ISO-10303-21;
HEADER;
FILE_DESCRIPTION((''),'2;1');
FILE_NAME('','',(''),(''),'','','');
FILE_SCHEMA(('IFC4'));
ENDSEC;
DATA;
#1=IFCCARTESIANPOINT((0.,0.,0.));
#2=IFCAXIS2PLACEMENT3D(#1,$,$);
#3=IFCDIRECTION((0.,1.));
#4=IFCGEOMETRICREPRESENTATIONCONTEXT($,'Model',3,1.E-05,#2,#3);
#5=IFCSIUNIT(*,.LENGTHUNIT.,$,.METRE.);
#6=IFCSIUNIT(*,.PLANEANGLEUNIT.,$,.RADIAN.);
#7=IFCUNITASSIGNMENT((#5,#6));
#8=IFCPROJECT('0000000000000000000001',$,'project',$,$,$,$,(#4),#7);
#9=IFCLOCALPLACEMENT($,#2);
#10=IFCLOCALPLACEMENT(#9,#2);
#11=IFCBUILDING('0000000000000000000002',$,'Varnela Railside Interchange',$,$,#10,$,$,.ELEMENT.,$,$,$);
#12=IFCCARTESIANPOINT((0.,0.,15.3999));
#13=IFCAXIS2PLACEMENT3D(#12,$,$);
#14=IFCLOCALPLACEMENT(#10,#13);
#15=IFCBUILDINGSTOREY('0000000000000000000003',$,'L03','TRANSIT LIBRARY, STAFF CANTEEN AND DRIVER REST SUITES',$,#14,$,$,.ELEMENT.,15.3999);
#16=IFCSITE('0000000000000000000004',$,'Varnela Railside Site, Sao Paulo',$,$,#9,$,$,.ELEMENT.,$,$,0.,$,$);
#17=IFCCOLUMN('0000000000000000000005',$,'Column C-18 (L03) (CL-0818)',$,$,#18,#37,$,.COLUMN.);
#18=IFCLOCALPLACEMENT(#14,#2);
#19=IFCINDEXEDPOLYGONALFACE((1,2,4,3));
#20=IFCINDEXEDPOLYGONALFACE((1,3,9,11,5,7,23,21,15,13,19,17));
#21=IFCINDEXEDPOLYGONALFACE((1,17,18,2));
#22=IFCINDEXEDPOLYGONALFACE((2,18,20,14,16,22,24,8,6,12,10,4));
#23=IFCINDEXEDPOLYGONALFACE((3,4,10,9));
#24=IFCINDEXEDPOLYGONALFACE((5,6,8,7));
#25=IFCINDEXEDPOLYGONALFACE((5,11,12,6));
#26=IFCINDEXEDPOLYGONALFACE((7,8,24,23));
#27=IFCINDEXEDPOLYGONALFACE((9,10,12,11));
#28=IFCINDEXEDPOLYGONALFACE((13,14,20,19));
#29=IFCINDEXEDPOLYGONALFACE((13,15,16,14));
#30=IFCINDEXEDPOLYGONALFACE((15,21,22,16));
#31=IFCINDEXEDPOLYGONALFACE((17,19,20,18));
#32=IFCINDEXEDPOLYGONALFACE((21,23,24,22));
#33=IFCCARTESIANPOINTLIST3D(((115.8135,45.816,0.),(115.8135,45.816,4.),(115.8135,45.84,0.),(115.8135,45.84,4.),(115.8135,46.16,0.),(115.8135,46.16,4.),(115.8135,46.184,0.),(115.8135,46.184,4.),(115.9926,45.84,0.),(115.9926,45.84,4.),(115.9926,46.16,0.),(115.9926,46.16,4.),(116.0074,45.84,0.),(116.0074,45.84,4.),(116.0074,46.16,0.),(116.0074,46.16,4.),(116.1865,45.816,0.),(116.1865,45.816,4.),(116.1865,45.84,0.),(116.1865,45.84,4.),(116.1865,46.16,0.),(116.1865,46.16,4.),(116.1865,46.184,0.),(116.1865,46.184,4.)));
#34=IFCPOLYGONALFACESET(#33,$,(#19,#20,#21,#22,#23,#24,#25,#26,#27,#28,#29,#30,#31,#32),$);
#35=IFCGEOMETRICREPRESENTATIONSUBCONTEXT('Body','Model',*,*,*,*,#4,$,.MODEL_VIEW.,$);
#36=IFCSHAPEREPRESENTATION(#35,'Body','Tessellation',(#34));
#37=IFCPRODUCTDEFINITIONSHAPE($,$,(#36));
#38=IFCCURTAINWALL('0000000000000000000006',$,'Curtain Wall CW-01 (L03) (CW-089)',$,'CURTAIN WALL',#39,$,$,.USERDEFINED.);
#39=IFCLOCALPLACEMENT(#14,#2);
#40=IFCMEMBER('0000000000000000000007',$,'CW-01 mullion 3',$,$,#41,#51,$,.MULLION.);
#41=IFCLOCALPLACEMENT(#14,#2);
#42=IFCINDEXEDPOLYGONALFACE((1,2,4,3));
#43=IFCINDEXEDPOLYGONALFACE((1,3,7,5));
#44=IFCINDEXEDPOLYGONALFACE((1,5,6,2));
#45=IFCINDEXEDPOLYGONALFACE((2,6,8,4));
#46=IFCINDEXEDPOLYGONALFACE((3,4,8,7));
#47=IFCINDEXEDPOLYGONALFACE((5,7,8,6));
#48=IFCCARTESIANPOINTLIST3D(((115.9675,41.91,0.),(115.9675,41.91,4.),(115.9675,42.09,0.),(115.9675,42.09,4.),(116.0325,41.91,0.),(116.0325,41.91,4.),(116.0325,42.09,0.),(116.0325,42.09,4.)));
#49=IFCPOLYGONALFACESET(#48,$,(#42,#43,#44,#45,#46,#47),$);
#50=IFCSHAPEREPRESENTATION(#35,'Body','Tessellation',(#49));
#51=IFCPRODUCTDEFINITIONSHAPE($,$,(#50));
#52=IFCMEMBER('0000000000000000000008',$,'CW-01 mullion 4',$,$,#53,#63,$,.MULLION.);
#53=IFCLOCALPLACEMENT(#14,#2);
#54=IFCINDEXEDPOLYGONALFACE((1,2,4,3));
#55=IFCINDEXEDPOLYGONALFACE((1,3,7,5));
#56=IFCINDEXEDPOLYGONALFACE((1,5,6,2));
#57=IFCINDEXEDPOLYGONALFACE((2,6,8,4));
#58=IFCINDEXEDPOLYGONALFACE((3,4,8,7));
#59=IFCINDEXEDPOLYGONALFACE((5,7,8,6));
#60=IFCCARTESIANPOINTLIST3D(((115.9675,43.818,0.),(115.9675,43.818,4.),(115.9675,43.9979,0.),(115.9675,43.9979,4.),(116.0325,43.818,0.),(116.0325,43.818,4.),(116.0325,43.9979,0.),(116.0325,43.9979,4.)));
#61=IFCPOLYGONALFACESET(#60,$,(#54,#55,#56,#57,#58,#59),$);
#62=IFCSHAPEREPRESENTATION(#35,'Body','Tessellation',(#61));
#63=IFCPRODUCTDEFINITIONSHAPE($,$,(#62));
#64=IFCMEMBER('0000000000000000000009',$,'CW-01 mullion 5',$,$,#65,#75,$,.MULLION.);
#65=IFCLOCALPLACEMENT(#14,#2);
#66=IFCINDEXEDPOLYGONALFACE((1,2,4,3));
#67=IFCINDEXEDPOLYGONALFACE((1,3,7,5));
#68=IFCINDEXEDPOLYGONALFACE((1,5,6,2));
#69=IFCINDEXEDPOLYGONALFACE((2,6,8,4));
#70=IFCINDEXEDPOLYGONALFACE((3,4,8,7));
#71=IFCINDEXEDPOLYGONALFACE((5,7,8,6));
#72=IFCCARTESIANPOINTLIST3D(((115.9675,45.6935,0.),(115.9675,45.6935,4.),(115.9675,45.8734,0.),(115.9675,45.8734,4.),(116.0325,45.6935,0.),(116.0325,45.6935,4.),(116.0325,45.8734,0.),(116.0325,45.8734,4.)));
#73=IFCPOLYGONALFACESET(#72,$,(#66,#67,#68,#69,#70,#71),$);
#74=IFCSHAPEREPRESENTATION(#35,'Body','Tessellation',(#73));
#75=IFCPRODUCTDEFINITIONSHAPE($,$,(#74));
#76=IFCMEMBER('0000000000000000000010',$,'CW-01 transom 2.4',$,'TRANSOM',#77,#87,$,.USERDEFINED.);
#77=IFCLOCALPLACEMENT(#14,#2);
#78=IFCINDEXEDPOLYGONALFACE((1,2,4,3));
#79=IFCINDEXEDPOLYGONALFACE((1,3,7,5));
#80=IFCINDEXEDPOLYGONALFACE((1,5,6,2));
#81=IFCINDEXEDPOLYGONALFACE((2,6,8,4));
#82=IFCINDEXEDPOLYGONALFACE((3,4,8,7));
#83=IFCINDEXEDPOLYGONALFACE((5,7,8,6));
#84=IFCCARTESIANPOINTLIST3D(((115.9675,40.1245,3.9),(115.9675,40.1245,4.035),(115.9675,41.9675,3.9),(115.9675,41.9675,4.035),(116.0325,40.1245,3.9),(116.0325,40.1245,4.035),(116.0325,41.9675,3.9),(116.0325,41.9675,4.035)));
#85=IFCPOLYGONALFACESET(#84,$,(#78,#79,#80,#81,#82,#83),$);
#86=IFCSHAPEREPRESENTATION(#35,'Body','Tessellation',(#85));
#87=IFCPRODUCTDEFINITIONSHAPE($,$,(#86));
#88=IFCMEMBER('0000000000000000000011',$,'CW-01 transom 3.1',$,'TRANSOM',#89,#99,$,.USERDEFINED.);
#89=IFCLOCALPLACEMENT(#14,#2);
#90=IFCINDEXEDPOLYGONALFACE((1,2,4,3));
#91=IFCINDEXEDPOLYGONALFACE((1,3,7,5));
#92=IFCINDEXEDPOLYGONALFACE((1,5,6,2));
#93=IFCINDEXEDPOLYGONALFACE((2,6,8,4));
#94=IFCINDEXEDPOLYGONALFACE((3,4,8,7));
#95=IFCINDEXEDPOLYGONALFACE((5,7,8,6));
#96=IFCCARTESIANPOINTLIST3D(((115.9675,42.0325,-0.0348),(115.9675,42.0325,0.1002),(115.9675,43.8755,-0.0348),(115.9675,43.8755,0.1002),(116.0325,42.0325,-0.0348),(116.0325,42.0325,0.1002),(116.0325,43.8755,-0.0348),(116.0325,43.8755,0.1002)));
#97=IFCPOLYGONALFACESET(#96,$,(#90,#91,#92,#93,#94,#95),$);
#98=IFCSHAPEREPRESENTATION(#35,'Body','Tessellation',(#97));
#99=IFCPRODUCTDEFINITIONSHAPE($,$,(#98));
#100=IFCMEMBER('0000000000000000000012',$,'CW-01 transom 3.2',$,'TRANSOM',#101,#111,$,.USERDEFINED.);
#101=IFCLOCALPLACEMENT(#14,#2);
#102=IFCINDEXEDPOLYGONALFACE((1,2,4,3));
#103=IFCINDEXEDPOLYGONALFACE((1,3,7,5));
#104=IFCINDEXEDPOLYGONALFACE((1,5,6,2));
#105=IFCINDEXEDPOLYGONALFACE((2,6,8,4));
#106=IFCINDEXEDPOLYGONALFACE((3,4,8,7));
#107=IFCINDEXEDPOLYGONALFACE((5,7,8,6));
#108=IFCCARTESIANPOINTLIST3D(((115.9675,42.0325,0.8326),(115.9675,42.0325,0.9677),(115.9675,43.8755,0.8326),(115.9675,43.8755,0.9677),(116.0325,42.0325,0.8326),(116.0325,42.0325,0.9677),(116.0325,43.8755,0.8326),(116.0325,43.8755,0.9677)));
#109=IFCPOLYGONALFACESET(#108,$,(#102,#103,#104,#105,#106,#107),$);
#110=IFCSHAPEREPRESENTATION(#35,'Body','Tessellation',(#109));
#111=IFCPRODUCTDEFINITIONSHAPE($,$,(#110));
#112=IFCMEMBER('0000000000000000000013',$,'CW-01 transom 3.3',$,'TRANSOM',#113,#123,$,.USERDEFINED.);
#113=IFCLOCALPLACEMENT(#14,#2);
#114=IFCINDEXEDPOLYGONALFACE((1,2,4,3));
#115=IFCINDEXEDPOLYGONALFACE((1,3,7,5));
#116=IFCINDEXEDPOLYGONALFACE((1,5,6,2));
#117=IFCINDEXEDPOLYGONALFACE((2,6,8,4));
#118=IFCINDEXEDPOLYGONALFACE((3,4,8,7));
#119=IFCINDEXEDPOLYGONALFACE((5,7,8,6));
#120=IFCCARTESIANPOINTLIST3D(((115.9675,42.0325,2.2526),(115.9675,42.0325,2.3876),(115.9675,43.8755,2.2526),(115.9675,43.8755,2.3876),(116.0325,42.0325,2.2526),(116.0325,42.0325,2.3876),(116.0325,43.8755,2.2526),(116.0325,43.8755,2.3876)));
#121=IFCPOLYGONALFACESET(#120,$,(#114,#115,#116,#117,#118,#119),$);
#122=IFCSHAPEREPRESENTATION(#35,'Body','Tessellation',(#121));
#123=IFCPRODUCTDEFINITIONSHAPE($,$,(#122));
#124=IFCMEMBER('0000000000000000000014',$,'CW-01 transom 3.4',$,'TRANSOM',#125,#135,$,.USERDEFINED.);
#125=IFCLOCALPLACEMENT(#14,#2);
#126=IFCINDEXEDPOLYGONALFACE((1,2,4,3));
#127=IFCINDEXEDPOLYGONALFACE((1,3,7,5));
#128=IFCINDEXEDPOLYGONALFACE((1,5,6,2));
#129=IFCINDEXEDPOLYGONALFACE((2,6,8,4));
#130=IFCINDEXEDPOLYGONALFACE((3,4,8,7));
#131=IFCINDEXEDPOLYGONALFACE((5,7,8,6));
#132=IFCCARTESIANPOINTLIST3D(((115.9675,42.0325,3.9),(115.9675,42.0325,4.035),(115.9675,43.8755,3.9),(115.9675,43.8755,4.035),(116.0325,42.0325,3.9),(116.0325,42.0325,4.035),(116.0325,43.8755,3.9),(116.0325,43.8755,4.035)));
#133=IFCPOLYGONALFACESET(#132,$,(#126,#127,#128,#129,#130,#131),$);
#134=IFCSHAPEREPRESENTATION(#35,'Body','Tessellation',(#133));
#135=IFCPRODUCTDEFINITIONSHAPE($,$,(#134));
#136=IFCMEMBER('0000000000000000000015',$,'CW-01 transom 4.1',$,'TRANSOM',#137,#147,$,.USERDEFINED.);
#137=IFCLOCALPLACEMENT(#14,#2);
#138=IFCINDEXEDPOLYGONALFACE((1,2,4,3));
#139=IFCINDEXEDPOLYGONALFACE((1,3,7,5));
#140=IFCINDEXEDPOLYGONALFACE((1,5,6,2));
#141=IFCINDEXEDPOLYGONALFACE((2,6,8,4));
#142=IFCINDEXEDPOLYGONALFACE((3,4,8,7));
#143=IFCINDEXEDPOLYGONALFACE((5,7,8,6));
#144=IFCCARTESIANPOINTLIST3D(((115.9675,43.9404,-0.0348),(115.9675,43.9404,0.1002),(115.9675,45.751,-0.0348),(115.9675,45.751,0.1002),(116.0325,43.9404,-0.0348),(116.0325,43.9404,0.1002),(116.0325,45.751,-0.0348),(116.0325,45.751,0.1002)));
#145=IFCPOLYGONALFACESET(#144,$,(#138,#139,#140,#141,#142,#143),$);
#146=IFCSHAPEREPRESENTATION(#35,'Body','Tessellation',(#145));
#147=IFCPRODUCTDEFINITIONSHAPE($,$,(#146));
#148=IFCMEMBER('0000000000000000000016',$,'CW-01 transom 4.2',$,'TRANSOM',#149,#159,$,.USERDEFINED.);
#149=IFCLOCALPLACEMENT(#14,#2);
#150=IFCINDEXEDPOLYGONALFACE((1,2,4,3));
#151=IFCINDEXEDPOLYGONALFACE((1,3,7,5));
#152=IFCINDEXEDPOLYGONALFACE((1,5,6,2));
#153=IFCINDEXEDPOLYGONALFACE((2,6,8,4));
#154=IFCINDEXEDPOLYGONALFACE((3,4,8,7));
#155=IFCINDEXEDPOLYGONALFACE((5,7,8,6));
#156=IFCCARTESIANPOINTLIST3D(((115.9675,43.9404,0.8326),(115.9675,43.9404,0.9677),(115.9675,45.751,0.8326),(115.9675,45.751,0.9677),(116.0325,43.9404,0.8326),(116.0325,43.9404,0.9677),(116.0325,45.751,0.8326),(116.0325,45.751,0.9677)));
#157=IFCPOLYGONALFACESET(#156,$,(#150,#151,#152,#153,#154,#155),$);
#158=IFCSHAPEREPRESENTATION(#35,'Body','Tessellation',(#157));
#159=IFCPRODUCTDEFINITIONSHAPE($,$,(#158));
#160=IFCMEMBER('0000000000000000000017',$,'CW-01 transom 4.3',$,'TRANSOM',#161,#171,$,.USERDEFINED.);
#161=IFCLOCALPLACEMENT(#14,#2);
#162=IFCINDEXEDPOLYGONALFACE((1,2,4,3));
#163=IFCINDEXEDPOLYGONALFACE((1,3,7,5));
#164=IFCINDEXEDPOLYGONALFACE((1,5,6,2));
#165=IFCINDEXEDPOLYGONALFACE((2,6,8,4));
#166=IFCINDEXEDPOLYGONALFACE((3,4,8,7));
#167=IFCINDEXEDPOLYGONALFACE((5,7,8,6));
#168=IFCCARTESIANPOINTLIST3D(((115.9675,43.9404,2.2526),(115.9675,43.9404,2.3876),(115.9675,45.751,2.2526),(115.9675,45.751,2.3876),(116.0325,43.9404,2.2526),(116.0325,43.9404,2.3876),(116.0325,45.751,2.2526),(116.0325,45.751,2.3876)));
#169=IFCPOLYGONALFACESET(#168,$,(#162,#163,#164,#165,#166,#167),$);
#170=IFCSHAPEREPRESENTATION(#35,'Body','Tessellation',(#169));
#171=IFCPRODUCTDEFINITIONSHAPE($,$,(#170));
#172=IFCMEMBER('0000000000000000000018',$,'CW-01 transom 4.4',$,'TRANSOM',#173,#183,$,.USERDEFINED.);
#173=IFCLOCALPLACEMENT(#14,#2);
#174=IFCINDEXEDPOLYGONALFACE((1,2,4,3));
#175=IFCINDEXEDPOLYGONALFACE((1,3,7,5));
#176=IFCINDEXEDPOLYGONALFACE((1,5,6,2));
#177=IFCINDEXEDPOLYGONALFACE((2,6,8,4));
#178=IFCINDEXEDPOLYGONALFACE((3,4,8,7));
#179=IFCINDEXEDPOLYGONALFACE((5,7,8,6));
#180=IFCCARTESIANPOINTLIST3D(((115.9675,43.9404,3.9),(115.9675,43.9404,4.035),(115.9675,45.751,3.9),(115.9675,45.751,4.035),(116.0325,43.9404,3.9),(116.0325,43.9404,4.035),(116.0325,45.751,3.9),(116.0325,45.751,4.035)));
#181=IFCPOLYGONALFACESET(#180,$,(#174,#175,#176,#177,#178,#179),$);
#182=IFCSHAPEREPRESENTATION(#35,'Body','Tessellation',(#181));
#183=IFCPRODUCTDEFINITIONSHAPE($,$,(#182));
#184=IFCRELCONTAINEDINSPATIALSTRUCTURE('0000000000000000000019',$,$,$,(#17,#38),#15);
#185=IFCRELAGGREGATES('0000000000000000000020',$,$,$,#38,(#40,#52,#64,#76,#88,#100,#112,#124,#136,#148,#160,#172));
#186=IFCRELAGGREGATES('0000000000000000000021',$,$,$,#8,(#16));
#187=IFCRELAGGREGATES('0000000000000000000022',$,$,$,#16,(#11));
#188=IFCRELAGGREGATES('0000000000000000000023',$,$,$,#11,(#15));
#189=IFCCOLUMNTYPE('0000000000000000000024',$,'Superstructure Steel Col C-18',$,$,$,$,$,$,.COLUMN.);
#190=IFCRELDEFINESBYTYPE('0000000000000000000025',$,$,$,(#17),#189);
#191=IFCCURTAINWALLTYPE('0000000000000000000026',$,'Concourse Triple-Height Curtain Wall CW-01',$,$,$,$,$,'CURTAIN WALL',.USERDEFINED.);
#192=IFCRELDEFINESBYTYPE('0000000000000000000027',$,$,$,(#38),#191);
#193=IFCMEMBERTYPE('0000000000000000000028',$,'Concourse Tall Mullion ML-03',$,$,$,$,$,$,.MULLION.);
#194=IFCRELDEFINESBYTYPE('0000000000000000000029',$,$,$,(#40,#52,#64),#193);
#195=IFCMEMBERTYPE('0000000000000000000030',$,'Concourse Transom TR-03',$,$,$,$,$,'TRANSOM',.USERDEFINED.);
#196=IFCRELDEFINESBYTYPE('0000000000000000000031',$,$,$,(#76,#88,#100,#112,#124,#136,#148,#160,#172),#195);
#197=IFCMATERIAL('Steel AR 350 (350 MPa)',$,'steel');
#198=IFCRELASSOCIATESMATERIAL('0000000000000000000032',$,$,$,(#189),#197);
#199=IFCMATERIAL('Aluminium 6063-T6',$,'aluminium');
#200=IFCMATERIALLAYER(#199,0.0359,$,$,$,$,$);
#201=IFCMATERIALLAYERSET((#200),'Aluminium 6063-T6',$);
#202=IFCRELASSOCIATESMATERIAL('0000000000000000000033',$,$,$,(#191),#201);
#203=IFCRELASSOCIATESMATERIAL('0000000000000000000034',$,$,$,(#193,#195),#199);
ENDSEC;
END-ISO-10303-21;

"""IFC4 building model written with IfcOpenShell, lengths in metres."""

from ifc_helpers import new_model, si_unit, direction, frame, origin, origin_2d, place, context, subcontext, project, spatial, rectangle, i_section, extrude, material, layer, layer_set, material_profile, profile_set, type_object, element, aggregate, save


model = new_model("IFC4")

# Units and contexts
model_context = context("Model", 3, precision=1e-05, world=origin(), true_north=direction((0.0, 1.0)))
body_context = subcontext(model_context, "Body", "Model", "MODEL_VIEW")
ifc_project = project(units=[si_unit("LENGTHUNIT", "METRE"), si_unit("PLANEANGLEUNIT", "RADIAN")], contexts=[model_context])

# Site, building, storey
site_placement = place(None, origin())
site = spatial("IfcSite", under=ifc_project, at=site_placement, Name="Varnela Railside Site, Sao Paulo", CompositionType="ELEMENT", RefElevation=0.0)
building_placement = place(site_placement, origin())
building = spatial("IfcBuilding", under=site, at=building_placement, Name="Varnela Railside Interchange", CompositionType="ELEMENT")
storey_placement = place(building_placement, frame((0.0, 0.0, 15.3999)))
storey = spatial("IfcBuildingStorey", under=building, at=storey_placement, Name="L03", Description="TRANSIT LIBRARY, STAFF CANTEEN AND DRIVER REST SUITES", CompositionType="ELEMENT", Elevation=15.3999)

# Column
ifc_material_1 = material(Name="Steel AR 350 (350 MPa)", Category="steel")
ifc_material_profile_1 = material_profile(ifc_material_1, i_section(OverallWidth=0.373, OverallDepth=0.3679, WebThickness=0.0149, FlangeThickness=0.0239, at=origin_2d()), Name="W360x179")
ifc_profile_set_1 = profile_set([ifc_material_profile_1], Name="Steel AR 350 (350 MPa)")
column_type = type_object("IfcColumnType", Name="Superstructure Steel Col C-18", PredefinedType="COLUMN", material=ifc_profile_set_1)
column_placement = place(storey_placement, frame((116.0, 46.0, 0.0), z_axis=(0.0, 0.0, 1.0), x_axis=(1.0, 0.0, 0.0)))
element("IfcColumn", 1, at=column_placement, inside=storey, type_object=column_type, Name="Column C-18 (L03) (CL-0818)", PredefinedType="COLUMN", context=body_context, shape_type="SweptSolid", body=[
    extrude(i_section(OverallWidth=0.373, OverallDepth=0.3679, WebThickness=0.0149, FlangeThickness=0.0239, at=origin_2d()), origin(), (0.0, 0.0, 1.0), 4.0),
])

# Curtain wall, members
ifc_material_2 = material(Name="Aluminium 6063-T6", Category="aluminium")
ifc_layer_1 = layer(ifc_material_2, 0.0359)
ifc_layer_set_1 = layer_set([ifc_layer_1], Name="Aluminium 6063-T6")
curtain_wall_type = type_object("IfcCurtainWallType", Name="Concourse Triple-Height Curtain Wall CW-01", ElementType="CURTAIN WALL", PredefinedType="USERDEFINED", material=ifc_layer_set_1)
curtain_wall_placement = place(storey_placement, origin())
curtain_wall = element("IfcCurtainWall", 2, at=curtain_wall_placement, inside=storey, type_object=curtain_wall_type, Name="Curtain Wall CW-01 (L03) (CW-089)", ObjectType="CURTAIN WALL", PredefinedType="USERDEFINED")
ifc_material_profile_2 = material_profile(ifc_material_2, rectangle(XDim=0.0649, YDim=0.1799, at=origin_2d()), Name="ALU 65x180")
ifc_profile_set_2 = profile_set([ifc_material_profile_2], Name="Aluminium 6063-T6")
member_type_1 = type_object("IfcMemberType", Name="Concourse Tall Mullion ML-03", PredefinedType="MULLION", material=ifc_profile_set_2)
member_1_placement = place(storey_placement, frame((116.0, 42.0, 0.0), z_axis=(0.0, 0.0, 1.0), x_axis=(-1.0, 0.0, 0.0)))
member_1 = element("IfcMember", 3, at=member_1_placement, type_object=member_type_1, Name="CW-01 mullion 3", PredefinedType="MULLION", context=body_context, shape_type="SweptSolid", body=[
    extrude(rectangle(XDim=0.0649, YDim=0.1799, at=origin_2d()), origin(), (0.0, 0.0, 1.0), 4.0),
])
member_2_placement = place(storey_placement, frame((116.0, 43.908, 0.0), z_axis=(0.0, 0.0, 1.0), x_axis=(-1.0, 0.0, 0.0)))
member_2 = element("IfcMember", 4, at=member_2_placement, type_object=member_type_1, Name="CW-01 mullion 4", PredefinedType="MULLION", context=body_context, shape_type="SweptSolid", body=[
    extrude(rectangle(XDim=0.0649, YDim=0.1799, at=origin_2d()), origin(), (0.0, 0.0, 1.0), 4.0),
])
member_3_placement = place(storey_placement, frame((116.0, 45.7834, 0.0), z_axis=(0.0, 0.0, 1.0), x_axis=(-1.0, 0.0, 0.0)))
member_3 = element("IfcMember", 5, at=member_3_placement, type_object=member_type_1, Name="CW-01 mullion 5", PredefinedType="MULLION", context=body_context, shape_type="SweptSolid", body=[
    extrude(rectangle(XDim=0.0649, YDim=0.1799, at=origin_2d()), origin(), (0.0, 0.0, 1.0), 4.0),
])
ifc_material_profile_3 = material_profile(ifc_material_2, rectangle(XDim=0.0649, YDim=0.135, at=origin_2d()), Name="ALU 65x135")
ifc_profile_set_3 = profile_set([ifc_material_profile_3], Name="Aluminium 6063-T6")
member_type_2 = type_object("IfcMemberType", Name="Concourse Transom TR-03", ElementType="TRANSOM", PredefinedType="USERDEFINED", material=ifc_profile_set_3)
member_4_placement = place(storey_placement, frame((116.0, 40.1245, 3.9675), z_axis=(0.0, 1.0, 0.0), x_axis=(-1.0, 0.0, 0.0)))
member_4 = element("IfcMember", 6, at=member_4_placement, type_object=member_type_2, Name="CW-01 transom 2.4", ObjectType="TRANSOM", PredefinedType="USERDEFINED", context=body_context, shape_type="SweptSolid", body=[
    extrude(rectangle(XDim=0.0649, YDim=0.135, at=origin_2d()), origin(), (0.0, 0.0, 1.0), 1.843),
])
member_5_placement = place(storey_placement, frame((116.0, 42.0325, 0.0327), z_axis=(0.0, 1.0, 0.0), x_axis=(-1.0, 0.0, 0.0)))
member_5 = element("IfcMember", 7, at=member_5_placement, type_object=member_type_2, Name="CW-01 transom 3.1", ObjectType="TRANSOM", PredefinedType="USERDEFINED", context=body_context, shape_type="SweptSolid", body=[
    extrude(rectangle(XDim=0.0649, YDim=0.135, at=origin_2d()), origin(), (0.0, 0.0, 1.0), 1.843),
])
member_6_placement = place(storey_placement, frame((116.0, 42.0325, 0.9001), z_axis=(0.0, 1.0, 0.0), x_axis=(-1.0, 0.0, 0.0)))
member_6 = element("IfcMember", 8, at=member_6_placement, type_object=member_type_2, Name="CW-01 transom 3.2", ObjectType="TRANSOM", PredefinedType="USERDEFINED", context=body_context, shape_type="SweptSolid", body=[
    extrude(rectangle(XDim=0.0649, YDim=0.135, at=origin_2d()), origin(), (0.0, 0.0, 1.0), 1.843),
])
member_7_placement = place(storey_placement, frame((116.0, 42.0325, 2.3201), z_axis=(0.0, 1.0, 0.0), x_axis=(-1.0, 0.0, 0.0)))
member_7 = element("IfcMember", 9, at=member_7_placement, type_object=member_type_2, Name="CW-01 transom 3.3", ObjectType="TRANSOM", PredefinedType="USERDEFINED", context=body_context, shape_type="SweptSolid", body=[
    extrude(rectangle(XDim=0.0649, YDim=0.135, at=origin_2d()), origin(), (0.0, 0.0, 1.0), 1.843),
])
member_8_placement = place(storey_placement, frame((116.0, 42.0325, 3.9675), z_axis=(0.0, 1.0, 0.0), x_axis=(-1.0, 0.0, 0.0)))
member_8 = element("IfcMember", 10, at=member_8_placement, type_object=member_type_2, Name="CW-01 transom 3.4", ObjectType="TRANSOM", PredefinedType="USERDEFINED", context=body_context, shape_type="SweptSolid", body=[
    extrude(rectangle(XDim=0.0649, YDim=0.135, at=origin_2d()), origin(), (0.0, 0.0, 1.0), 1.843),
])
member_9_placement = place(storey_placement, frame((116.0, 43.9404, 0.0327), z_axis=(0.0, 1.0, 0.0), x_axis=(-1.0, 0.0, 0.0)))
member_9 = element("IfcMember", 11, at=member_9_placement, type_object=member_type_2, Name="CW-01 transom 4.1", ObjectType="TRANSOM", PredefinedType="USERDEFINED", context=body_context, shape_type="SweptSolid", body=[
    extrude(rectangle(XDim=0.0649, YDim=0.135, at=origin_2d()), origin(), (0.0, 0.0, 1.0), 1.8105),
])
member_10_placement = place(storey_placement, frame((116.0, 43.9404, 0.9001), z_axis=(0.0, 1.0, 0.0), x_axis=(-1.0, 0.0, 0.0)))
member_10 = element("IfcMember", 12, at=member_10_placement, type_object=member_type_2, Name="CW-01 transom 4.2", ObjectType="TRANSOM", PredefinedType="USERDEFINED", context=body_context, shape_type="SweptSolid", body=[
    extrude(rectangle(XDim=0.0649, YDim=0.135, at=origin_2d()), origin(), (0.0, 0.0, 1.0), 1.8105),
])
member_11_placement = place(storey_placement, frame((116.0, 43.9404, 2.3201), z_axis=(0.0, 1.0, 0.0), x_axis=(-1.0, 0.0, 0.0)))
member_11 = element("IfcMember", 13, at=member_11_placement, type_object=member_type_2, Name="CW-01 transom 4.3", ObjectType="TRANSOM", PredefinedType="USERDEFINED", context=body_context, shape_type="SweptSolid", body=[
    extrude(rectangle(XDim=0.0649, YDim=0.135, at=origin_2d()), origin(), (0.0, 0.0, 1.0), 1.8105),
])
member_12_placement = place(storey_placement, frame((116.0, 43.9404, 3.9675), z_axis=(0.0, 1.0, 0.0), x_axis=(-1.0, 0.0, 0.0)))
member_12 = element("IfcMember", 14, at=member_12_placement, type_object=member_type_2, Name="CW-01 transom 4.4", ObjectType="TRANSOM", PredefinedType="USERDEFINED", context=body_context, shape_type="SweptSolid", body=[
    extrude(rectangle(XDim=0.0649, YDim=0.135, at=origin_2d()), origin(), (0.0, 0.0, 1.0), 1.8105),
])

aggregate(curtain_wall, [member_1, member_2, member_3, member_4, member_5, member_6, member_7, member_8, member_9, member_10, member_11, member_12])

save(model, "model.ifc")
